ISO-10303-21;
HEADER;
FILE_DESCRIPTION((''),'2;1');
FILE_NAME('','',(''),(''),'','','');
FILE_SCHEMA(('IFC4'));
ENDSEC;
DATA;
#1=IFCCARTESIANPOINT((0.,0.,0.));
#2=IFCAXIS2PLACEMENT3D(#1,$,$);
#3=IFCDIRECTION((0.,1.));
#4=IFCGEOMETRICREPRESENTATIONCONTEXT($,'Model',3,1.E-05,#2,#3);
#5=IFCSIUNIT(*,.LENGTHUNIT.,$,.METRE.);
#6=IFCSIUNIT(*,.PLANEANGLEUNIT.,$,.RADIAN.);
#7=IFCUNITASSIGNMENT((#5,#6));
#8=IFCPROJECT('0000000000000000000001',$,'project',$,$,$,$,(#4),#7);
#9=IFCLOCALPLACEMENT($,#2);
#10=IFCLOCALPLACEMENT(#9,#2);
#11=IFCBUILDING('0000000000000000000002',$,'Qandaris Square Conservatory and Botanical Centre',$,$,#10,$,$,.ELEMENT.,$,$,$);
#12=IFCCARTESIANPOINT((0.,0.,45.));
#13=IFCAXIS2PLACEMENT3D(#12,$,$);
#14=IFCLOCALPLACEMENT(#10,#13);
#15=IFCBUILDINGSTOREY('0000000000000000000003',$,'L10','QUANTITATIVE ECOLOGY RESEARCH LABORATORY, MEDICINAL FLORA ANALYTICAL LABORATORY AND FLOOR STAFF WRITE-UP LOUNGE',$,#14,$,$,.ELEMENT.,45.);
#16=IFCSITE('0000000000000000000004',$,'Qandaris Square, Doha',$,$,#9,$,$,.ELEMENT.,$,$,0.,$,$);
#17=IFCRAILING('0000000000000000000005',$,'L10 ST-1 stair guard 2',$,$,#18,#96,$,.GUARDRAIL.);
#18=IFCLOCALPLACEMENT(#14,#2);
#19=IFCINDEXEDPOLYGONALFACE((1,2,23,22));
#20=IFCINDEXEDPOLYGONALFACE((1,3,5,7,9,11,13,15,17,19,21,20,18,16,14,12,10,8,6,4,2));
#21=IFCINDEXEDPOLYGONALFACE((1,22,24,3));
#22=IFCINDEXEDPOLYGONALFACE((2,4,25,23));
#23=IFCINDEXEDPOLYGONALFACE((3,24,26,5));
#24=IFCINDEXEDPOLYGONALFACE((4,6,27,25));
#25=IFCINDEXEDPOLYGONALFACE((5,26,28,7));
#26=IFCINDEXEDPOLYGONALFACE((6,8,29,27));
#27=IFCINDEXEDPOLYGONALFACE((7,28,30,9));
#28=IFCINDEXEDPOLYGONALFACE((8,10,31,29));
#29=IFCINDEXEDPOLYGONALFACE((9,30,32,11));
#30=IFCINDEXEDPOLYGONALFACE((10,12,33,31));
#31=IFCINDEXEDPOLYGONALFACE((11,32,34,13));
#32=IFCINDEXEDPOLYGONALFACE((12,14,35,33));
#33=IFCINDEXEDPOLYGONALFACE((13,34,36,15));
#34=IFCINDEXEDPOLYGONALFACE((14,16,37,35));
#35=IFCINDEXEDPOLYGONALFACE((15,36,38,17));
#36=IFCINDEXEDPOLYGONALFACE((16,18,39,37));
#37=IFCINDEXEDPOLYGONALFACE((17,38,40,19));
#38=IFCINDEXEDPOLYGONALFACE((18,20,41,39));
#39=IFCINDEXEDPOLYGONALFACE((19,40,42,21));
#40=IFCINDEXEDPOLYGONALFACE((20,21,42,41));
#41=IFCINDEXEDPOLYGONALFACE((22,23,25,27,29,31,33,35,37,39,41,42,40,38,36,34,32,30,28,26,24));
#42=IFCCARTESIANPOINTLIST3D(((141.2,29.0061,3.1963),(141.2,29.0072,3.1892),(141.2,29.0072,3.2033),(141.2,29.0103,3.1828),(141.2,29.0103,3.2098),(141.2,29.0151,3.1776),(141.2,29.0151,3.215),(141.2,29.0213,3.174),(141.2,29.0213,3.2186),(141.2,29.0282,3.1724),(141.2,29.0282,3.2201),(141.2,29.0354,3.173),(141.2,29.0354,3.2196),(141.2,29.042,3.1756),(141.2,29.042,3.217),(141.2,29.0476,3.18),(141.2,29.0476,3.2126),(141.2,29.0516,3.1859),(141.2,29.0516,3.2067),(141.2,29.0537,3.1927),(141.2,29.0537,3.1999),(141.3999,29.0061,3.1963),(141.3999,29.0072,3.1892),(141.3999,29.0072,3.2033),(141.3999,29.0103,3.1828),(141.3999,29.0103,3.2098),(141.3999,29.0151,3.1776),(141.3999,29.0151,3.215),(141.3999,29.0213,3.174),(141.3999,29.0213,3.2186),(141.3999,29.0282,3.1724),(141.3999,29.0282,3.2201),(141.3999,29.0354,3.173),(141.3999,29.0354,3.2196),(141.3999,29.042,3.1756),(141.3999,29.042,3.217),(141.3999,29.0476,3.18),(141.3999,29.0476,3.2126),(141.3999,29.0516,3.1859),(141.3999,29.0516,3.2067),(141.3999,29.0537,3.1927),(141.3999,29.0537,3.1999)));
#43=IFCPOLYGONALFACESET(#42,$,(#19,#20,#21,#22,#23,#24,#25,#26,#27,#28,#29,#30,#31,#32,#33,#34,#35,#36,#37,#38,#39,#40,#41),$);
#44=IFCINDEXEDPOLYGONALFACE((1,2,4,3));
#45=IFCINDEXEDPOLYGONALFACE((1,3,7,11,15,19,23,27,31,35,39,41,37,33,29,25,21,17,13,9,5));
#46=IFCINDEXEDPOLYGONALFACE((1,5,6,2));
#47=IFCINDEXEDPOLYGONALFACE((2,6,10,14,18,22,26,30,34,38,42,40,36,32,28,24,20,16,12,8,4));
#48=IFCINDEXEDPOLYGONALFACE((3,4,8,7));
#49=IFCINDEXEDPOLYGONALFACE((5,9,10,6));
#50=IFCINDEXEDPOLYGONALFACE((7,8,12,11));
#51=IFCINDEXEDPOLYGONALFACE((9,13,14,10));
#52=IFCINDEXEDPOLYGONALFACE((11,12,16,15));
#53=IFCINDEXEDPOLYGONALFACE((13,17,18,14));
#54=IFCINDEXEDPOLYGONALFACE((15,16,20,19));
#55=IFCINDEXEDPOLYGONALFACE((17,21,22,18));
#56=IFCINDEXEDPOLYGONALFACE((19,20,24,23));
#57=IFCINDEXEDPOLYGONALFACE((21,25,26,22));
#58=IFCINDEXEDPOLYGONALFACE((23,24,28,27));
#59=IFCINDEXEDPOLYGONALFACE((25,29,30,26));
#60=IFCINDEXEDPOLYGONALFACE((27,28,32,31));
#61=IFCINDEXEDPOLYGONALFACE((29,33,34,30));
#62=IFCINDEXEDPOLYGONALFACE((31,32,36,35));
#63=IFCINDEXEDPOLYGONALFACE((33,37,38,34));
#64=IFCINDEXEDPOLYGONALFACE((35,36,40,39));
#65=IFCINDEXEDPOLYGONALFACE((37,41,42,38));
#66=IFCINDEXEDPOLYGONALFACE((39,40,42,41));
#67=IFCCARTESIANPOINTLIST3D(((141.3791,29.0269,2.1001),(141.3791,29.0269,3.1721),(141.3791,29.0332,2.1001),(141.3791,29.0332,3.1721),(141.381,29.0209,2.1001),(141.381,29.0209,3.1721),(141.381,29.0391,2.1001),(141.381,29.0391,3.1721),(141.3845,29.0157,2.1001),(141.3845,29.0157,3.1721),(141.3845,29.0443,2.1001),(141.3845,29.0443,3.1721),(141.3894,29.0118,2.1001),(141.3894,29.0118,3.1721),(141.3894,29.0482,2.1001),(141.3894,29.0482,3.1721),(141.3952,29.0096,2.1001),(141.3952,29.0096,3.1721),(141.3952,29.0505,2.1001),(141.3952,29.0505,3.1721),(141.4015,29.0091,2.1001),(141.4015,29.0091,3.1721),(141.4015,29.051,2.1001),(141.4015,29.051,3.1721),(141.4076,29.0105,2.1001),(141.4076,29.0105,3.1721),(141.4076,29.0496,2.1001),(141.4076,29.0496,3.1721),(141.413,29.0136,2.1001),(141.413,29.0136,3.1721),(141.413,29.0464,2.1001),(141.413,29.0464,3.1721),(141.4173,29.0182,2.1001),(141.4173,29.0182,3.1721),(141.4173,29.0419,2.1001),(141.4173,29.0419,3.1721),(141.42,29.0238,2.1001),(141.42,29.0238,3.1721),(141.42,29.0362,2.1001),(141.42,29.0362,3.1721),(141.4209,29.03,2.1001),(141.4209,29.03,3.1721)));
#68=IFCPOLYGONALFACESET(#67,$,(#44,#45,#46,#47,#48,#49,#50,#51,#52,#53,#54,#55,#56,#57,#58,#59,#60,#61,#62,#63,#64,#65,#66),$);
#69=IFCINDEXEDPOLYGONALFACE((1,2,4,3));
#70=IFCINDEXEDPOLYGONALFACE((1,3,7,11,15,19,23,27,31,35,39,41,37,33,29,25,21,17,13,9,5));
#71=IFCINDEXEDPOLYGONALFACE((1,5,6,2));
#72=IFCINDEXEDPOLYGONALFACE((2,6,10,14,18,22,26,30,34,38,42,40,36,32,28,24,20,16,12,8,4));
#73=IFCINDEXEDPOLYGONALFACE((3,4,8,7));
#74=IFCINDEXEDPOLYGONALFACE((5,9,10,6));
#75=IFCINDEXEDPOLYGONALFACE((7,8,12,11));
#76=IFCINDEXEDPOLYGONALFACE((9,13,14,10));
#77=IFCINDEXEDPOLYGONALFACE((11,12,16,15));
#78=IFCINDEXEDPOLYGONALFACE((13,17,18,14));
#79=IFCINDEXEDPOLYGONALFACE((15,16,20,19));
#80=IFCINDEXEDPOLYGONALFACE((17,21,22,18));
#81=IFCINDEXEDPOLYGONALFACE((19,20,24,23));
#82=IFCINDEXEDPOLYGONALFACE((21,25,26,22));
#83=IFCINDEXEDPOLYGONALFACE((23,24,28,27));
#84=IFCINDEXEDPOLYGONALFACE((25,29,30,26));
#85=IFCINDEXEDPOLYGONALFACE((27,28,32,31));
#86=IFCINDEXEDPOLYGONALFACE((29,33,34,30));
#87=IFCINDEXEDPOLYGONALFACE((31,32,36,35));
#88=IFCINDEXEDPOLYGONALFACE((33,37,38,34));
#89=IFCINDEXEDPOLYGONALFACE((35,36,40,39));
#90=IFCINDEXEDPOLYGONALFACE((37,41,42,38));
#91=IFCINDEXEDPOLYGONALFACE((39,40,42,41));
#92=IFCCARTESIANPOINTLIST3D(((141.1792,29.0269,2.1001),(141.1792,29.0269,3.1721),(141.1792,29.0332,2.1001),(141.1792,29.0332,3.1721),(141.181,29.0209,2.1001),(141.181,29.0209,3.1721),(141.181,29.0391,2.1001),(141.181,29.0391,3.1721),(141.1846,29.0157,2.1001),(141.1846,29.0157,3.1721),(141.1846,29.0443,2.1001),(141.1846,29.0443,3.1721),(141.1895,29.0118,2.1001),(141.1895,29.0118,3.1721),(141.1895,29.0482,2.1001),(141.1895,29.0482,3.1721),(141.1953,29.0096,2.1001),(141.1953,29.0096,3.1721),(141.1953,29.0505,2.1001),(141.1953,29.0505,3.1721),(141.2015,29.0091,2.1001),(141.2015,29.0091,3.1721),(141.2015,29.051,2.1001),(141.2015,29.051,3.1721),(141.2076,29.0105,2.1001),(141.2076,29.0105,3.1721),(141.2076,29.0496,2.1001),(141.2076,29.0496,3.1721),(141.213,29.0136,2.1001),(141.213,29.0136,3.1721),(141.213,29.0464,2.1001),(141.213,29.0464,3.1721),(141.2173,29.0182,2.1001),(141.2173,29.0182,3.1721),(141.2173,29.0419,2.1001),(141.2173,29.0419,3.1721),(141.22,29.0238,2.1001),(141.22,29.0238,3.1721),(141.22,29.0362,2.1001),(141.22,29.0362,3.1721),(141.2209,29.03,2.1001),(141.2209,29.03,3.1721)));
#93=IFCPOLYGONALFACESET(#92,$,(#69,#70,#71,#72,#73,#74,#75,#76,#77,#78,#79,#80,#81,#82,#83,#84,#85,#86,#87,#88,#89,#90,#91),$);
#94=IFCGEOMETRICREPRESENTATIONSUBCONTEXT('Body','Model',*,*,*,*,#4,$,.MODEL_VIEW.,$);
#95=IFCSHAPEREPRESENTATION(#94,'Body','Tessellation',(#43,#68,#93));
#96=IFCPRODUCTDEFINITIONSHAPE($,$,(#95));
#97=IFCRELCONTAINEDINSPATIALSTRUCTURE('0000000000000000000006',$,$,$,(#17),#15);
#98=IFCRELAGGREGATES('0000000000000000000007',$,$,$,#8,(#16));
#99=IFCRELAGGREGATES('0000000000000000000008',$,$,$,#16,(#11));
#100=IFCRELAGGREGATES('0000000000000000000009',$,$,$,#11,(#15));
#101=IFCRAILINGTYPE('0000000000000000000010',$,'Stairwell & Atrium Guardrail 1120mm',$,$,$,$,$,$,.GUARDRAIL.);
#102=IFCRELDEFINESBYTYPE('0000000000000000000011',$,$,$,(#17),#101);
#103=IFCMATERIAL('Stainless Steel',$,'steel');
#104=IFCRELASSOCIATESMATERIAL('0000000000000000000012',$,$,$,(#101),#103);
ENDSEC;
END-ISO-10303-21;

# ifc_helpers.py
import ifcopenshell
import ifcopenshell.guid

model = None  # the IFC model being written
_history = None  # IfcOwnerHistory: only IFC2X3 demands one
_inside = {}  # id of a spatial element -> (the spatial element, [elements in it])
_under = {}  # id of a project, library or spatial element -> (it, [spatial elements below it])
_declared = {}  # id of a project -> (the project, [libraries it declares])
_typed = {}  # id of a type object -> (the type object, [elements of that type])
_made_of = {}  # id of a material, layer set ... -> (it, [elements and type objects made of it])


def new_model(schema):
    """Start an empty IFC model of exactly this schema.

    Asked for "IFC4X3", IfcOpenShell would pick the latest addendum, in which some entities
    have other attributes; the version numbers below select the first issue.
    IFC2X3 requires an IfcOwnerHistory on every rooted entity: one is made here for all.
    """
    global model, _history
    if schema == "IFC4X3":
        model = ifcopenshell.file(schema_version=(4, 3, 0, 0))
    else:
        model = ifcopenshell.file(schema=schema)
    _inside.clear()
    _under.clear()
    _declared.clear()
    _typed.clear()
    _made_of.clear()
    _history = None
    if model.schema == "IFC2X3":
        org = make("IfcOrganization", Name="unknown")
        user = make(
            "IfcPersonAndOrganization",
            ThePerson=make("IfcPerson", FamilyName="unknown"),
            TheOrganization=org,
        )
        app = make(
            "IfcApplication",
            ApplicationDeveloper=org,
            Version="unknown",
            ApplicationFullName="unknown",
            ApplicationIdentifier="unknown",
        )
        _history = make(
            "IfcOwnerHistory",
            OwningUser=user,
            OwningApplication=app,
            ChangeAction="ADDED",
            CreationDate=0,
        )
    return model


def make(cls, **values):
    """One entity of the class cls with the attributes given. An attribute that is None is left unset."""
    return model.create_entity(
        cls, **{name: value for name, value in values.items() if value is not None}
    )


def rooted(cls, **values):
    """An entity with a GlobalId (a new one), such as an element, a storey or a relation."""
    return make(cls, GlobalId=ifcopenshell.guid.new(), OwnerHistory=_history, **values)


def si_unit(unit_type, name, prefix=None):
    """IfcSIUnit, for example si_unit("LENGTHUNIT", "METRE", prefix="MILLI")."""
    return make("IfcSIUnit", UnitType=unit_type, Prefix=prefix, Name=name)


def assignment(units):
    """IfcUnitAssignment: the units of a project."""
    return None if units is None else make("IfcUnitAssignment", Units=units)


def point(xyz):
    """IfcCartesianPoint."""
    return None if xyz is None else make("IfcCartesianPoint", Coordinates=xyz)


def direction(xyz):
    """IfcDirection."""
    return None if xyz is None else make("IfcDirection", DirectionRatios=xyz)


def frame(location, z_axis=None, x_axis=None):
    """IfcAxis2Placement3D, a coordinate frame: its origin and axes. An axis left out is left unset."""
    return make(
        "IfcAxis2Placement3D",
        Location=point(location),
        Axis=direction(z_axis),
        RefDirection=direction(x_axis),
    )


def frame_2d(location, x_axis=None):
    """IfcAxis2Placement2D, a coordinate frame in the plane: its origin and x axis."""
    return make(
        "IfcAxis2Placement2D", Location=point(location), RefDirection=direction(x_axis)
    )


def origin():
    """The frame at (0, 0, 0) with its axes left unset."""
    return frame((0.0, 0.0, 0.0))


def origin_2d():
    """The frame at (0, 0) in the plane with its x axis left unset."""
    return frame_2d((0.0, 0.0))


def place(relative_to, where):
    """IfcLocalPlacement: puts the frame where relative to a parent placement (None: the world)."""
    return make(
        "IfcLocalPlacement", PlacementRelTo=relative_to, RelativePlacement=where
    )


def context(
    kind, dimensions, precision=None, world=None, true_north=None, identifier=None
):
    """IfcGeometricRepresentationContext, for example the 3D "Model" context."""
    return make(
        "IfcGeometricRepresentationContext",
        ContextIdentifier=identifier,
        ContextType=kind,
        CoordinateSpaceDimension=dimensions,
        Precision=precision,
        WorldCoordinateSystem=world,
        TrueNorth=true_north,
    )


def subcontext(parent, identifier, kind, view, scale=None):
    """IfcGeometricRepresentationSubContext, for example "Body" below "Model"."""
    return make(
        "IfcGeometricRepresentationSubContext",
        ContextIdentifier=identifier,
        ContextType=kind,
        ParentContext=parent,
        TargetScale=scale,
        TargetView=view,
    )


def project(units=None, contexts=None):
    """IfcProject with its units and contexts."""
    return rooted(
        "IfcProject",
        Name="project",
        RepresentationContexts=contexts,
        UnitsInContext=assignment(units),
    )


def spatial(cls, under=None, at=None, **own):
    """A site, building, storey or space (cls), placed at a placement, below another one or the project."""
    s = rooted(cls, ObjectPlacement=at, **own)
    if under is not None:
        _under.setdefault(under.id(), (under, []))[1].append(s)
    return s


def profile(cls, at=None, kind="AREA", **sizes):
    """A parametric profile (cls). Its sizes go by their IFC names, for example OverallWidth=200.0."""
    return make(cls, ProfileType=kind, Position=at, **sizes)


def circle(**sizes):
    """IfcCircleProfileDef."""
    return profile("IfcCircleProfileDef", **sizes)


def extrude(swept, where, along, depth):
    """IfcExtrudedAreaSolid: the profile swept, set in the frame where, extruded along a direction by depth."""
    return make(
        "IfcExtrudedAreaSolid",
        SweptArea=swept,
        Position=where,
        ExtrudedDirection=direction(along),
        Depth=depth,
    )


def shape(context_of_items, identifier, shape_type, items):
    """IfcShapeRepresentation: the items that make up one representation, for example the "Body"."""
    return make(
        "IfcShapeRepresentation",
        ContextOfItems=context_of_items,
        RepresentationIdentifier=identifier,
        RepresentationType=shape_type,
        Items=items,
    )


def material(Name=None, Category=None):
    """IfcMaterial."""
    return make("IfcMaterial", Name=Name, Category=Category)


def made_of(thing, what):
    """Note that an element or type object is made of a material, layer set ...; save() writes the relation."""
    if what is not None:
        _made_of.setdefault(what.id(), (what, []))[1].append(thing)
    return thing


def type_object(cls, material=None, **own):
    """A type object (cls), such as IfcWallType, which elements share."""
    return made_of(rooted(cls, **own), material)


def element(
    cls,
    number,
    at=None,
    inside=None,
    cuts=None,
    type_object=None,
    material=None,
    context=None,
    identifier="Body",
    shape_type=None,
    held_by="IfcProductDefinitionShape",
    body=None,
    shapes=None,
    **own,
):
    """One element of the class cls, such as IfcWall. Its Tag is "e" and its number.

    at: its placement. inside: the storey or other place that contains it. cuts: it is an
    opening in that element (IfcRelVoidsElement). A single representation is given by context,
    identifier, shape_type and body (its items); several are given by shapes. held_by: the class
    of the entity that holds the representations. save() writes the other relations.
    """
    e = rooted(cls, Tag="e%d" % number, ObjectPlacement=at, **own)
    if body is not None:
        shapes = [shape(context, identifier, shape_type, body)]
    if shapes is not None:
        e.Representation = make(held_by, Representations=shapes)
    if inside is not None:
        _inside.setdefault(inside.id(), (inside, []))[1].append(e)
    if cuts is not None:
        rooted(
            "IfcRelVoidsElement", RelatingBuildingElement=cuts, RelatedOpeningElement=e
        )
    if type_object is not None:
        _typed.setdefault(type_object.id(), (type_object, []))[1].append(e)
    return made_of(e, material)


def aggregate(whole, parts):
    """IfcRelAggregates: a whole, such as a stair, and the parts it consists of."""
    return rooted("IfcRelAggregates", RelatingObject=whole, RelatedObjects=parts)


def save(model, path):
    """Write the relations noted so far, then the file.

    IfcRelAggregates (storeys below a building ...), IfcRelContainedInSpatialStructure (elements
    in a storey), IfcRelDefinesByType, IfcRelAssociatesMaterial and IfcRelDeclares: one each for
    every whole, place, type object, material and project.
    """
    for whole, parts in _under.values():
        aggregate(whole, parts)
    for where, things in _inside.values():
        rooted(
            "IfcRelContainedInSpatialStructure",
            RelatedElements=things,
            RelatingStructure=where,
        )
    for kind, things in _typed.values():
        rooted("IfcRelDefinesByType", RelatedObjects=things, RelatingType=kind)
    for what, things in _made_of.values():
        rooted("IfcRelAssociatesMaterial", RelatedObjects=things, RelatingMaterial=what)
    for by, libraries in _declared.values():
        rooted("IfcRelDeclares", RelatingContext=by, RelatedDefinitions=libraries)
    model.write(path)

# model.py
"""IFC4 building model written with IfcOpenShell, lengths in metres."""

from ifc_helpers import new_model, si_unit, direction, frame, origin, origin_2d, place, context, subcontext, project, spatial, circle, extrude, material, type_object, element, save


model = new_model("IFC4")

# Units and contexts
model_context = context("Model", 3, precision=1e-05, world=origin(), true_north=direction((0.0, 1.0)))
body_context = subcontext(model_context, "Body", "Model", "MODEL_VIEW")
ifc_project = project(units=[si_unit("LENGTHUNIT", "METRE"), si_unit("PLANEANGLEUNIT", "RADIAN")], contexts=[model_context])

# Site, building, storey
site_placement = place(None, origin())
site = spatial("IfcSite", under=ifc_project, at=site_placement, Name="Qandaris Square, Doha", CompositionType="ELEMENT", RefElevation=0.0)
building_placement = place(site_placement, origin())
building = spatial("IfcBuilding", under=site, at=building_placement, Name="Qandaris Square Conservatory and Botanical Centre", CompositionType="ELEMENT")
storey_placement = place(building_placement, frame((0.0, 0.0, 45.0)))
storey = spatial("IfcBuildingStorey", under=building, at=storey_placement, Name="L10", Description="QUANTITATIVE ECOLOGY RESEARCH LABORATORY, MEDICINAL FLORA ANALYTICAL LABORATORY AND FLOOR STAFF WRITE-UP LOUNGE", CompositionType="ELEMENT", Elevation=45.0)

# Railing
ifc_material_1 = material(Name="Stainless Steel", Category="steel")
railing_type_1 = type_object("IfcRailingType", Name="Stairwell & Atrium Guardrail 1120mm", PredefinedType="GUARDRAIL", material=ifc_material_1)
railing_1_placement = place(storey_placement, frame((141.3999, 29.03, 2.1001)))
element("IfcRailing", 1, at=railing_1_placement, inside=storey, type_object=railing_type_1, Name="L10 ST-1 stair guard 2", PredefinedType="GUARDRAIL", context=body_context, shape_type="SweptSolid", body=[
    extrude(circle(Radius=0.0239, at=origin_2d()), frame((0.0, 0.0, 1.0962), z_axis=(-1.0, 0.0, 0.0), x_axis=(0.0, -1.0, 0.0)), (0.0, 0.0, 1.0), 0.2),
    extrude(circle(Radius=0.021, at=origin_2d()), origin(), (0.0, 0.0, 1.0), 1.072),
    extrude(circle(Radius=0.021, at=origin_2d()), frame((-0.2, 0.0, 0.0)), (0.0, 0.0, 1.0), 1.072),
])

save(model, "model.ifc")
